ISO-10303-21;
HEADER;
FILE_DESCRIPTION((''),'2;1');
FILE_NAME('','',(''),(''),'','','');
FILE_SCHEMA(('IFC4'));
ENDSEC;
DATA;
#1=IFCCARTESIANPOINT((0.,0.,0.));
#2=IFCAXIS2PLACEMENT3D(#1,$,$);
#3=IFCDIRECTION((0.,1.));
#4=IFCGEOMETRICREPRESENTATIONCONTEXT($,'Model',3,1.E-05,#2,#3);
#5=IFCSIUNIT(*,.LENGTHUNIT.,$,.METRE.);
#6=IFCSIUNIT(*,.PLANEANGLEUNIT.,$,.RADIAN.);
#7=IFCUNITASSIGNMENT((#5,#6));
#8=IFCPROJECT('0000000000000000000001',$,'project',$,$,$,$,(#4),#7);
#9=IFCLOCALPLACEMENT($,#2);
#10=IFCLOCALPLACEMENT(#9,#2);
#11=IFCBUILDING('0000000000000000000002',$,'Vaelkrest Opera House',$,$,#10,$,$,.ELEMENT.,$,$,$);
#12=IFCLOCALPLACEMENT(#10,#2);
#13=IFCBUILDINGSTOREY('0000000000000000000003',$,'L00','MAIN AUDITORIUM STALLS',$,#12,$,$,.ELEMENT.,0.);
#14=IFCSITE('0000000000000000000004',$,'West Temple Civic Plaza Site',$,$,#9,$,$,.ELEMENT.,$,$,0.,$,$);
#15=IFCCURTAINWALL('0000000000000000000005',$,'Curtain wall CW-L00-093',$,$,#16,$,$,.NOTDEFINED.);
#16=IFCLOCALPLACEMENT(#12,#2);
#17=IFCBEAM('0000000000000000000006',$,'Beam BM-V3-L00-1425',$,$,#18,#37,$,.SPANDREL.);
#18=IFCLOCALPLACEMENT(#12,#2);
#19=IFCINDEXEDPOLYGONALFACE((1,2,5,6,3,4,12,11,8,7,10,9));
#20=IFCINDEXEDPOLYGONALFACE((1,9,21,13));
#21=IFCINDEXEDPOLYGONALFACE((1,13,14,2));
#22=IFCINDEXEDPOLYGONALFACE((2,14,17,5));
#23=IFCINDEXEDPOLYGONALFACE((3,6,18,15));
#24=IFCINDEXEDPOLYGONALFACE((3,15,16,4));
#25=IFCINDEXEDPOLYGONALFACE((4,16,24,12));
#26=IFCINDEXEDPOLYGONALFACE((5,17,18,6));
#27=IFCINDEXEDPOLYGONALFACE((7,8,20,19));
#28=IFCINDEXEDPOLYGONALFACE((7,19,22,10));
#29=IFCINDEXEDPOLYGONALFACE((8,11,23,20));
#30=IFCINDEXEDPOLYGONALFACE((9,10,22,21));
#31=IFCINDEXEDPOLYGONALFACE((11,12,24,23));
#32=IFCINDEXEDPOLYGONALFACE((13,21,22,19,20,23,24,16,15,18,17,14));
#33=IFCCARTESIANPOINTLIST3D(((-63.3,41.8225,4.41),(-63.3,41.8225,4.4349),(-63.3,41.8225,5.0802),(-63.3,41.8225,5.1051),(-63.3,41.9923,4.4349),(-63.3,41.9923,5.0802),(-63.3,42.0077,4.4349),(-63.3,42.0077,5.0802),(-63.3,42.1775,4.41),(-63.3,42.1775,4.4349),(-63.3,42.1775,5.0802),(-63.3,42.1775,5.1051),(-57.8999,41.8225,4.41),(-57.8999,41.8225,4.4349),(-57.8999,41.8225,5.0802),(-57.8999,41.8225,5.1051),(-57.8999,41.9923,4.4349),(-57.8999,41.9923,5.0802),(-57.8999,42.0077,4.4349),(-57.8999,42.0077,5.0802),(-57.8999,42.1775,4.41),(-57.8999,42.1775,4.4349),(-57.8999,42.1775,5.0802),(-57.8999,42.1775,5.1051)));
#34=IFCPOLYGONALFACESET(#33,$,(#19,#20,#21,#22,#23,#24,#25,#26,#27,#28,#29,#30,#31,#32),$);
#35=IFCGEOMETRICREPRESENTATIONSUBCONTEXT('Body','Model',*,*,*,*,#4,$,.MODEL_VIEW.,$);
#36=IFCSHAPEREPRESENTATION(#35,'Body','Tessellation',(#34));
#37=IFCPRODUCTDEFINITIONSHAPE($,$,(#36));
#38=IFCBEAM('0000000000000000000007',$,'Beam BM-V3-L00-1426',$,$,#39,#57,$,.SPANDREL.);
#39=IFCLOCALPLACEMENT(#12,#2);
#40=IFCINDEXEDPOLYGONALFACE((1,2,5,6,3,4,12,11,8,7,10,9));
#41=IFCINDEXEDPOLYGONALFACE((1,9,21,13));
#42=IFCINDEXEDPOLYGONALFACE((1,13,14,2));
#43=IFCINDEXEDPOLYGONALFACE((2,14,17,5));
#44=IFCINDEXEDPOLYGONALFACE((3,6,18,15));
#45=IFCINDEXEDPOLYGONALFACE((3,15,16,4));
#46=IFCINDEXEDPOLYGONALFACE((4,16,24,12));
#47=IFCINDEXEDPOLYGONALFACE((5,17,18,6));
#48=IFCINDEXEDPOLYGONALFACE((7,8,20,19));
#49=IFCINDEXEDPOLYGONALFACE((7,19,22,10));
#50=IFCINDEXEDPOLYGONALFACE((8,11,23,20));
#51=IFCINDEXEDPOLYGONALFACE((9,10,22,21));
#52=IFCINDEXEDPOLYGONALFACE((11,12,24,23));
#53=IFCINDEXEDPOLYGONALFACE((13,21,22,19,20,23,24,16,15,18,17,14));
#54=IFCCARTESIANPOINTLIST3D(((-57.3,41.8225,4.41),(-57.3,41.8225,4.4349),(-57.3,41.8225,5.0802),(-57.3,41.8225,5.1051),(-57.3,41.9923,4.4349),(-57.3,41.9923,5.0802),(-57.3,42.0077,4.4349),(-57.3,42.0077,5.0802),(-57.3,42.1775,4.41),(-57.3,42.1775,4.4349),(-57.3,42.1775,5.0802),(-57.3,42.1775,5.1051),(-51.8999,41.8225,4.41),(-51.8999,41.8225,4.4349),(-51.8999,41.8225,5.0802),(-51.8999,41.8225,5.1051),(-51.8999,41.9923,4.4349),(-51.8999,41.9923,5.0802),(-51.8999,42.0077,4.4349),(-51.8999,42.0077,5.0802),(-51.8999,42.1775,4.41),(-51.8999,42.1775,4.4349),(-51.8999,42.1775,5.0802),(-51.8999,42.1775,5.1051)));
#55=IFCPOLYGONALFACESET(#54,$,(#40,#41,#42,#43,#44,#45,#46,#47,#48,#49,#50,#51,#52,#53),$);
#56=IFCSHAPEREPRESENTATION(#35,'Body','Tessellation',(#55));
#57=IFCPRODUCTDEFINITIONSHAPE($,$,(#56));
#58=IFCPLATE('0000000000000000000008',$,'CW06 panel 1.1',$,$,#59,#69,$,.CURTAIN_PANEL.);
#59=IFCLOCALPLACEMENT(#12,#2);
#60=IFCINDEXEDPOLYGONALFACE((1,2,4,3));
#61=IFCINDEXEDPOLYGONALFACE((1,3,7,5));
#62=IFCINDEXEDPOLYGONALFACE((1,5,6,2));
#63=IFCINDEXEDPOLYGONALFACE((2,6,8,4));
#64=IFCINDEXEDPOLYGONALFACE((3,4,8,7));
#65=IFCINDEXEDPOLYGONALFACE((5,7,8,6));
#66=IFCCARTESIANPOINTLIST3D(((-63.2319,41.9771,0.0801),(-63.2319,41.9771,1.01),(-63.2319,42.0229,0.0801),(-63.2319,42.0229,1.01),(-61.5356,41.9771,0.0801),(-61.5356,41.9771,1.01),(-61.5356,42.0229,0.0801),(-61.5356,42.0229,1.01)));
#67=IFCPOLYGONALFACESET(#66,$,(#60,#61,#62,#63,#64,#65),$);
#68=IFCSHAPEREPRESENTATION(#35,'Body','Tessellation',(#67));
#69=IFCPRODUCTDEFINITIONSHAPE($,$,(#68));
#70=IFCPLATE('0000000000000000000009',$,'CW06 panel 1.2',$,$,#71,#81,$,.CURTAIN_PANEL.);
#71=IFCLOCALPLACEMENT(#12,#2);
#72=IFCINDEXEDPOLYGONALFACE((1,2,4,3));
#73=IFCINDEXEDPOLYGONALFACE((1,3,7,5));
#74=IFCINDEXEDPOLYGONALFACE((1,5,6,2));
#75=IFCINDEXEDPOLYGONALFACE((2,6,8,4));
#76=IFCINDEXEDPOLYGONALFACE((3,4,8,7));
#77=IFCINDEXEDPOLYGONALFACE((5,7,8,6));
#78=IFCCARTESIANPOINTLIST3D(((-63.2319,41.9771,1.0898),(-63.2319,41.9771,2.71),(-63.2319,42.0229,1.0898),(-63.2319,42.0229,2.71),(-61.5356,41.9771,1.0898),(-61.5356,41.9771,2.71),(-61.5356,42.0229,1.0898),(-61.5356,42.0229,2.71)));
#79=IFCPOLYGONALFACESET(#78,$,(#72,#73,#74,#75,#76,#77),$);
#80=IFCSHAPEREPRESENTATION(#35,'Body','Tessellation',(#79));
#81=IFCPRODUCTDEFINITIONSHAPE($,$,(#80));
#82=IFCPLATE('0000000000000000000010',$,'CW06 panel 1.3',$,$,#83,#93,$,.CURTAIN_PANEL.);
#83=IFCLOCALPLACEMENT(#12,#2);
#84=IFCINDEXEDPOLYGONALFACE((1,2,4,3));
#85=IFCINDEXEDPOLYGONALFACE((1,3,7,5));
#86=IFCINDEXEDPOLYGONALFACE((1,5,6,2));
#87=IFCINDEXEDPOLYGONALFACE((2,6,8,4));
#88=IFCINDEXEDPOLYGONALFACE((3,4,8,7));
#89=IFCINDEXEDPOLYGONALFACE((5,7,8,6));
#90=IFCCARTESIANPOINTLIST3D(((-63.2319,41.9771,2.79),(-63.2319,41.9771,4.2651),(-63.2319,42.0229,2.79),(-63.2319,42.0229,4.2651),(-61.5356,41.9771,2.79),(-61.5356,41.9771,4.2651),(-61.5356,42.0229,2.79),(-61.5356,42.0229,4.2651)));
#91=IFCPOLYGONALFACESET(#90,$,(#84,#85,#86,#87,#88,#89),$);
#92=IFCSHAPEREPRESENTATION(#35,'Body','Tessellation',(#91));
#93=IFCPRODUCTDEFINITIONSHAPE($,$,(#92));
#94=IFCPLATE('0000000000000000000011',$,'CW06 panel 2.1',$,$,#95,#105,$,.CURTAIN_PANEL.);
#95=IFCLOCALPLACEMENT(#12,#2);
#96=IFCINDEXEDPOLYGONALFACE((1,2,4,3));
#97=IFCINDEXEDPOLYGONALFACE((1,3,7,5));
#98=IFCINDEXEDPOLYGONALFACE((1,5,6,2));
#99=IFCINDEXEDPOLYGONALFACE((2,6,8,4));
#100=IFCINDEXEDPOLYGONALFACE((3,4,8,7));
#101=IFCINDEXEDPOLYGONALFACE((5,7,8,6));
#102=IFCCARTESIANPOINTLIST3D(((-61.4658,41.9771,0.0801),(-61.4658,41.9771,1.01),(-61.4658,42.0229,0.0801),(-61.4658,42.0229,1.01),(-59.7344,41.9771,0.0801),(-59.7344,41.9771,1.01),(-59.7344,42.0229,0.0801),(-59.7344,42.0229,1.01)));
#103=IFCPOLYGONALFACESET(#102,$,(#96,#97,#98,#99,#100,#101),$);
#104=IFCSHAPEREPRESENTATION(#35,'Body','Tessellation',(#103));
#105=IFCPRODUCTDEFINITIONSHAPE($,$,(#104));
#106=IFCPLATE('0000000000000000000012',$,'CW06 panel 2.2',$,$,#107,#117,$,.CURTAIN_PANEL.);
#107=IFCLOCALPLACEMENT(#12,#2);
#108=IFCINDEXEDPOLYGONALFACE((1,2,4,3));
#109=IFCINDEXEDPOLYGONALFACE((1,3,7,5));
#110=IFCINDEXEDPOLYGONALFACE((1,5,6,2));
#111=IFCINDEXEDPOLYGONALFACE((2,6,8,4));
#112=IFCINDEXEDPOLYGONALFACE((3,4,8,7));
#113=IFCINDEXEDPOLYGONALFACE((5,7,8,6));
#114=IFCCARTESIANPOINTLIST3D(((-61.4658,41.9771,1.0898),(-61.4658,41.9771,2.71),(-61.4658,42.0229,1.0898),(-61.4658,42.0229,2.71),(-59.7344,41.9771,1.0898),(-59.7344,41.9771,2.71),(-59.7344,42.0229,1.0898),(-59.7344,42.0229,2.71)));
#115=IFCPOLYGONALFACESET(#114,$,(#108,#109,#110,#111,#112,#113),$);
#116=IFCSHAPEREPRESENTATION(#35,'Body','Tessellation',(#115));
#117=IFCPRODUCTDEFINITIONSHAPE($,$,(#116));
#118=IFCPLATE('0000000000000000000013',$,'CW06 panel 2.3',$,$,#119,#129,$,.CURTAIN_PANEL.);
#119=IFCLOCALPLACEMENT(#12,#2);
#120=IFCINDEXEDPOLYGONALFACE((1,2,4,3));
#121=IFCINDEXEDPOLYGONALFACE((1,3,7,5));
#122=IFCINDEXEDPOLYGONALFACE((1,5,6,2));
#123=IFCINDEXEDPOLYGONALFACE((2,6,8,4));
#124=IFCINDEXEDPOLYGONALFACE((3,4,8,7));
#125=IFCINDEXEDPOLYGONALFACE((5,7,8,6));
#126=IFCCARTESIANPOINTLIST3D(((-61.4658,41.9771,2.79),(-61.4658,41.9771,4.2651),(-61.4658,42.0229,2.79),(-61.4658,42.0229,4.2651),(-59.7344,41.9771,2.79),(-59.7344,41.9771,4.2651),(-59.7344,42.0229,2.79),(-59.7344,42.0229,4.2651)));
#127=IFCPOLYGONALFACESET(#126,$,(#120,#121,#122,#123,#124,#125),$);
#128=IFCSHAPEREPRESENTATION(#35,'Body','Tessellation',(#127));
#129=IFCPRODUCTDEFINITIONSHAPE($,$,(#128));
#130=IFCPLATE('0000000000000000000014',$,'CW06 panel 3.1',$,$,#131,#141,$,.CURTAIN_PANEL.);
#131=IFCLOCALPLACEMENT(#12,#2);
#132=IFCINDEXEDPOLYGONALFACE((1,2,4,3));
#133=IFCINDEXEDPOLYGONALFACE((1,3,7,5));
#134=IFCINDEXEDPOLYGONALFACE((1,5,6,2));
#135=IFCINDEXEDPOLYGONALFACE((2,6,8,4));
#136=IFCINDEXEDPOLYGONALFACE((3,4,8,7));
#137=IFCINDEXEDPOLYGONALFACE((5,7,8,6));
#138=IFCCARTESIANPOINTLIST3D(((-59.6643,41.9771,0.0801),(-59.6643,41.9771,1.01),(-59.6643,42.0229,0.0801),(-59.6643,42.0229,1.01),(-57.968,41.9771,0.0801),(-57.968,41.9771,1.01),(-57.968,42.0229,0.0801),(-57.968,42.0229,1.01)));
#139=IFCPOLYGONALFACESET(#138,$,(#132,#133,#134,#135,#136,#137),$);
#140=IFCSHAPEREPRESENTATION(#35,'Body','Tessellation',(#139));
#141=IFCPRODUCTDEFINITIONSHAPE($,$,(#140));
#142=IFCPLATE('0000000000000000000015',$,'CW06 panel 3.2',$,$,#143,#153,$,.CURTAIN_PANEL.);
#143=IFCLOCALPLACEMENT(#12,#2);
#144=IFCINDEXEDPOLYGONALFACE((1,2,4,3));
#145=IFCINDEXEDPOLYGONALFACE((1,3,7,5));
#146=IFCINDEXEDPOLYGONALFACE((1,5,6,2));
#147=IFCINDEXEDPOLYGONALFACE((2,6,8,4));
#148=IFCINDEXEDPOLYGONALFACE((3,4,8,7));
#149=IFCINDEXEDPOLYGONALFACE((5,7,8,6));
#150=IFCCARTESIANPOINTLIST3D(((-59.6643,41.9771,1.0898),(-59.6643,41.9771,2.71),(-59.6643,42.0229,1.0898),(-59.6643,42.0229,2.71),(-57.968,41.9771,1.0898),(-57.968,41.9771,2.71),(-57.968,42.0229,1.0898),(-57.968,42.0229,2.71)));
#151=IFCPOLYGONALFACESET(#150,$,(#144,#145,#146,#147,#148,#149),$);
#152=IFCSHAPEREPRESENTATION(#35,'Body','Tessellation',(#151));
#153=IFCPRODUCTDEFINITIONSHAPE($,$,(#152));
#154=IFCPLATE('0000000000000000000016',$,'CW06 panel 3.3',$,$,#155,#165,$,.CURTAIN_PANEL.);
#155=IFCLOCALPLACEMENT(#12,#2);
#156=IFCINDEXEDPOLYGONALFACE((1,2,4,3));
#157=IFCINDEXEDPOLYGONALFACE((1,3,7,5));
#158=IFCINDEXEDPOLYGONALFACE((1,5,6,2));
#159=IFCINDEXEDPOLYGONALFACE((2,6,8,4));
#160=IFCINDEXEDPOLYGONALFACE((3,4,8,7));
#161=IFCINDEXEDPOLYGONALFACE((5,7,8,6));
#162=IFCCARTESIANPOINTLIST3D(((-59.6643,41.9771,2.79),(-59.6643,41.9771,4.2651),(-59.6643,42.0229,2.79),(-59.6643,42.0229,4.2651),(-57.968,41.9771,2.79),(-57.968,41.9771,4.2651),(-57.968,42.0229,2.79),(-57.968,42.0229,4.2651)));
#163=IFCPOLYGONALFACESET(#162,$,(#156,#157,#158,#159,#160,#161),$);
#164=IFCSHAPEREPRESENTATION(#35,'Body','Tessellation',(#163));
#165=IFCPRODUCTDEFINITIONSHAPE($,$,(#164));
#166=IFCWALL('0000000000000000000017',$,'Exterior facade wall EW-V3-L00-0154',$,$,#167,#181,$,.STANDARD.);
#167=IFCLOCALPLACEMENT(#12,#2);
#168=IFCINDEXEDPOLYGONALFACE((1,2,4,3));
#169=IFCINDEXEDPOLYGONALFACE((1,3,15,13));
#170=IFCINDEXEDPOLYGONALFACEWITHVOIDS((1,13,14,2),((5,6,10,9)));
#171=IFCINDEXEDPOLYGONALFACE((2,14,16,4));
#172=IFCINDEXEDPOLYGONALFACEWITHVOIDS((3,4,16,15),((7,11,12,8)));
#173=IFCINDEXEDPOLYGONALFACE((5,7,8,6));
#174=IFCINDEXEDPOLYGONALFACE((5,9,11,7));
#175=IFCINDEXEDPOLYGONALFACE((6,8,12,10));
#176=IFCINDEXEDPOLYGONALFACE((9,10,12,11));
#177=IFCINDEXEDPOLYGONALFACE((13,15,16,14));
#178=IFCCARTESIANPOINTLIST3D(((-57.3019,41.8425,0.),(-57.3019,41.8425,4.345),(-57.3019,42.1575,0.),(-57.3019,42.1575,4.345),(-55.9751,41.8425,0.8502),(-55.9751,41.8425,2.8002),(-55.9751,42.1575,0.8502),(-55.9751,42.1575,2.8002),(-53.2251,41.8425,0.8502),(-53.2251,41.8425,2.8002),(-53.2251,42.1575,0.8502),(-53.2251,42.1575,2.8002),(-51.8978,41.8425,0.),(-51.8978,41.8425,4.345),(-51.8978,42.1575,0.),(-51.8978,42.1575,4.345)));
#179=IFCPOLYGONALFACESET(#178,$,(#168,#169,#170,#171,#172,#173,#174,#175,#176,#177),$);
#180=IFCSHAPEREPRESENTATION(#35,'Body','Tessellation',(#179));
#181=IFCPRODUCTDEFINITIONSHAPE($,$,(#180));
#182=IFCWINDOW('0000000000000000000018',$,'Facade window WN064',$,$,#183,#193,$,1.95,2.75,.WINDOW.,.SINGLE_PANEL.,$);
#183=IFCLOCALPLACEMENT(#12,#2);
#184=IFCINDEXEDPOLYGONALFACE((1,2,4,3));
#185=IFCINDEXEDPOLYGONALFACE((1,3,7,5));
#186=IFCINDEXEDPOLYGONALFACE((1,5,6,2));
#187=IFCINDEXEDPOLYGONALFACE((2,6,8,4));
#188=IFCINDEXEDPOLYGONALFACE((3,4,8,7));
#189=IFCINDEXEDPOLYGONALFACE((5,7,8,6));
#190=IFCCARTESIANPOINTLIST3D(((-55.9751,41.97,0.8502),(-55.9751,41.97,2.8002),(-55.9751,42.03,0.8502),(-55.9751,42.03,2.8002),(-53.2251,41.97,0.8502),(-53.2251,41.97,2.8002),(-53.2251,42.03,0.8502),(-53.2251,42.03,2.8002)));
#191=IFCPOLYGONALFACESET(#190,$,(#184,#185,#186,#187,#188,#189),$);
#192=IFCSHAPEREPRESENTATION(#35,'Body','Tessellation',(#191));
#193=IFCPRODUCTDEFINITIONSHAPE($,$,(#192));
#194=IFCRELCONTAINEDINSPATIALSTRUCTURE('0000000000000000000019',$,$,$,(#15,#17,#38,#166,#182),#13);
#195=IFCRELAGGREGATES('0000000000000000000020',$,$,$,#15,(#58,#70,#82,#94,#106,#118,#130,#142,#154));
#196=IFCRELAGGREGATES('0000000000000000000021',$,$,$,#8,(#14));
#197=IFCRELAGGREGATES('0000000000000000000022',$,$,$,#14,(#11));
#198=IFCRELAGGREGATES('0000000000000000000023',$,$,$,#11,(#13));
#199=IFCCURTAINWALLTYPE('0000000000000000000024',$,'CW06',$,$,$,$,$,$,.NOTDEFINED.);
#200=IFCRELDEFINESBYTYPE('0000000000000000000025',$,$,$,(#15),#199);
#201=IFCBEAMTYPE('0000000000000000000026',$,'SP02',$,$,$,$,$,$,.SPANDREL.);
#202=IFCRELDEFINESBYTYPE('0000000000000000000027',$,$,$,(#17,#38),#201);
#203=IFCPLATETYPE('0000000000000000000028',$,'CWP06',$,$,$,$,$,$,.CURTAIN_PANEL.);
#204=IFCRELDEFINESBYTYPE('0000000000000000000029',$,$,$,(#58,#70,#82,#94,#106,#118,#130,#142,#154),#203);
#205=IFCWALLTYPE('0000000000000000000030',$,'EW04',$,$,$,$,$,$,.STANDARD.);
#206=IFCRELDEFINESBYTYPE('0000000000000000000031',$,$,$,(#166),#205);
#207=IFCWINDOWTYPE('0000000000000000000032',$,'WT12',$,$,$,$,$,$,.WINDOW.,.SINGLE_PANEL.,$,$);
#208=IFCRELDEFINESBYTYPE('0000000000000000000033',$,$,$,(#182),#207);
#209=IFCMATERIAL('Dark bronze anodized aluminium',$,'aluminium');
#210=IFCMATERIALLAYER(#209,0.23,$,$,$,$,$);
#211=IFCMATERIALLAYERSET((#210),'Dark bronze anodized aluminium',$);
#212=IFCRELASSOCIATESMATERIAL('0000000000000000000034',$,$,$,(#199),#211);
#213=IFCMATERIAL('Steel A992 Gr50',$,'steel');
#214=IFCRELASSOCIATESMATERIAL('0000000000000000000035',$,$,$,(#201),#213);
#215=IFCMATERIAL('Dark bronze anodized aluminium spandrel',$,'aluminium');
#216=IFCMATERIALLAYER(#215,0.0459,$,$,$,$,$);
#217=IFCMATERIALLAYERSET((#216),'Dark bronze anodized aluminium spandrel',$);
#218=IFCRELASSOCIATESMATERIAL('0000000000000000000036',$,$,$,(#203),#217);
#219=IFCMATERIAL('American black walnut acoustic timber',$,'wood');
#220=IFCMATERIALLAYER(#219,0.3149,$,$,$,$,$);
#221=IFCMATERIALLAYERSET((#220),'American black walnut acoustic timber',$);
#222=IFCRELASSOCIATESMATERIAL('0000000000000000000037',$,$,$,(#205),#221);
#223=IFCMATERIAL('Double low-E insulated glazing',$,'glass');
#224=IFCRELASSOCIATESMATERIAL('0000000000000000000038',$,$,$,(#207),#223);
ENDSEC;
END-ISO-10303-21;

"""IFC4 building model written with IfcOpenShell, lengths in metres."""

from ifc_helpers import new_model, si_unit, direction, frame, frame_2d, origin, origin_2d, place, context, subcontext, project, spatial, rectangle, i_section, extrude, material, layer, layer_set, material_profile, profile_set, type_object, element, fill, aggregate, save


model = new_model("IFC4")

# Units and contexts
model_context = context("Model", 3, precision=1e-05, world=origin(), true_north=direction((0.0, 1.0)))
body_context = subcontext(model_context, "Body", "Model", "MODEL_VIEW")
ifc_project = project(units=[si_unit("LENGTHUNIT", "METRE"), si_unit("PLANEANGLEUNIT", "RADIAN")], contexts=[model_context])

# Site, building, storey
site_placement = place(None, origin())
site = spatial("IfcSite", under=ifc_project, at=site_placement, Name="West Temple Civic Plaza Site", CompositionType="ELEMENT", RefElevation=0.0)
building_placement = place(site_placement, origin())
building = spatial("IfcBuilding", under=site, at=building_placement, Name="Vaelkrest Opera House", CompositionType="ELEMENT")
storey_placement = place(building_placement, origin())
storey = spatial("IfcBuildingStorey", under=building, at=storey_placement, Name="L00", Description="MAIN AUDITORIUM STALLS", CompositionType="ELEMENT", Elevation=0.0)

# Shared definitions
ifc_material_1 = material(Name="Steel A992 Gr50", Category="steel")

# Curtain wall
ifc_material_2 = material(Name="Dark bronze anodized aluminium", Category="aluminium")
ifc_layer_1 = layer(ifc_material_2, 0.23)
ifc_layer_set_1 = layer_set([ifc_layer_1], Name="Dark bronze anodized aluminium")
curtain_wall_type = type_object("IfcCurtainWallType", Name="CW06", PredefinedType="NOTDEFINED", material=ifc_layer_set_1)
curtain_wall_placement = place(storey_placement, origin())
curtain_wall = element("IfcCurtainWall", 1, at=curtain_wall_placement, inside=storey, type_object=curtain_wall_type, Name="Curtain wall CW-L00-093", PredefinedType="NOTDEFINED")

# Beams
ifc_material_profile_1 = material_profile(ifc_material_1, i_section(OverallWidth=0.355, OverallDepth=0.6951, WebThickness=0.0154, FlangeThickness=0.0249, at=origin_2d()), Name="W27X146")
ifc_profile_set_1 = profile_set([ifc_material_profile_1], Name="Steel A992 Gr50")
beam_type_1 = type_object("IfcBeamType", Name="SP02", PredefinedType="SPANDREL", material=ifc_profile_set_1)
for number, where, z_axis, x_axis, name in (
    (2, (-63.3, 42.0, 4.7576), (1.0, 0.0, 0.0), (0.0, 1.0, 0.0), "Beam BM-V3-L00-1425"),
    (3, (-57.3, 42.0, 4.7576), (1.0, 0.0, 0.0), (0.0, 1.0, 0.0), "Beam BM-V3-L00-1426"),
):
    element("IfcBeam", number, at=place(storey_placement, frame(where, z_axis=z_axis, x_axis=x_axis)), inside=storey, type_object=beam_type_1, Name=name, PredefinedType="SPANDREL", context=body_context, shape_type="SweptSolid", body=[
        extrude(i_section(OverallWidth=0.355, OverallDepth=0.6951, WebThickness=0.0154, FlangeThickness=0.0249, at=origin_2d()), origin(), (0.0, 0.0, 1.0), 5.4001),
    ])

# Plates
ifc_material_3 = material(Name="Dark bronze anodized aluminium spandrel", Category="aluminium")
ifc_layer_2 = layer(ifc_material_3, 0.0459)
ifc_layer_set_2 = layer_set([ifc_layer_2], Name="Dark bronze anodized aluminium spandrel")
plate_type = type_object("IfcPlateType", Name="CWP06", PredefinedType="CURTAIN_PANEL", material=ifc_layer_set_2)
plate_1_placement = place(storey_placement, frame((-62.3838, 42.0, 0.0801), z_axis=(0.0, 0.0, 1.0), x_axis=(1.0, 0.0, 0.0)))
plate_1 = element("IfcPlate", 4, at=plate_1_placement, type_object=plate_type, Name="CW06 panel 1.1", PredefinedType="CURTAIN_PANEL", context=body_context, shape_type="SweptSolid", body=[
    extrude(rectangle(XDim=1.6963, YDim=0.0459, at=origin_2d()), origin(), (0.0, 0.0, 1.0), 0.9299),
])
plate_2_placement = place(storey_placement, frame((-62.3838, 42.0, 1.0898), z_axis=(0.0, 0.0, 1.0), x_axis=(1.0, 0.0, 0.0)))
plate_2 = element("IfcPlate", 5, at=plate_2_placement, type_object=plate_type, Name="CW06 panel 1.2", PredefinedType="CURTAIN_PANEL", context=body_context, shape_type="SweptSolid", body=[
    extrude(rectangle(XDim=1.6963, YDim=0.0459, at=origin_2d()), origin(), (0.0, 0.0, 1.0), 1.6201),
])
plate_3_placement = place(storey_placement, frame((-62.3838, 42.0, 2.79), z_axis=(0.0, 0.0, 1.0), x_axis=(1.0, 0.0, 0.0)))
plate_3 = element("IfcPlate", 6, at=plate_3_placement, type_object=plate_type, Name="CW06 panel 1.3", PredefinedType="CURTAIN_PANEL", context=body_context, shape_type="SweptSolid", body=[
    extrude(rectangle(XDim=1.6963, YDim=0.0459, at=origin_2d()), origin(), (0.0, 0.0, 1.0), 1.4751),
])
plate_4_placement = place(storey_placement, frame((-60.6001, 42.0, 0.0801), z_axis=(0.0, 0.0, 1.0), x_axis=(1.0, 0.0, 0.0)))
plate_4 = element("IfcPlate", 7, at=plate_4_placement, type_object=plate_type, Name="CW06 panel 2.1", PredefinedType="CURTAIN_PANEL", context=body_context, shape_type="SweptSolid", body=[
    extrude(rectangle(XDim=1.7314, YDim=0.0459, at=origin_2d()), origin(), (0.0, 0.0, 1.0), 0.9299),
])
plate_5_placement = place(storey_placement, frame((-60.6001, 42.0, 1.0898), z_axis=(0.0, 0.0, 1.0), x_axis=(1.0, 0.0, 0.0)))
plate_5 = element("IfcPlate", 8, at=plate_5_placement, type_object=plate_type, Name="CW06 panel 2.2", PredefinedType="CURTAIN_PANEL", context=body_context, shape_type="SweptSolid", body=[
    extrude(rectangle(XDim=1.7314, YDim=0.0459, at=origin_2d()), origin(), (0.0, 0.0, 1.0), 1.6201),
])
plate_6_placement = place(storey_placement, frame((-60.6001, 42.0, 2.79), z_axis=(0.0, 0.0, 1.0), x_axis=(1.0, 0.0, 0.0)))
plate_6 = element("IfcPlate", 9, at=plate_6_placement, type_object=plate_type, Name="CW06 panel 2.3", PredefinedType="CURTAIN_PANEL", context=body_context, shape_type="SweptSolid", body=[
    extrude(rectangle(XDim=1.7314, YDim=0.0459, at=origin_2d()), origin(), (0.0, 0.0, 1.0), 1.4751),
])
plate_7_placement = place(storey_placement, frame((-58.8162, 42.0, 0.0801), z_axis=(0.0, 0.0, 1.0), x_axis=(1.0, 0.0, 0.0)))
plate_7 = element("IfcPlate", 10, at=plate_7_placement, type_object=plate_type, Name="CW06 panel 3.1", PredefinedType="CURTAIN_PANEL", context=body_context, shape_type="SweptSolid", body=[
    extrude(rectangle(XDim=1.6963, YDim=0.0459, at=origin_2d()), origin(), (0.0, 0.0, 1.0), 0.9299),
])
plate_8_placement = place(storey_placement, frame((-58.8162, 42.0, 1.0898), z_axis=(0.0, 0.0, 1.0), x_axis=(1.0, 0.0, 0.0)))
plate_8 = element("IfcPlate", 11, at=plate_8_placement, type_object=plate_type, Name="CW06 panel 3.2", PredefinedType="CURTAIN_PANEL", context=body_context, shape_type="SweptSolid", body=[
    extrude(rectangle(XDim=1.6963, YDim=0.0459, at=origin_2d()), origin(), (0.0, 0.0, 1.0), 1.6201),
])
plate_9_placement = place(storey_placement, frame((-58.8162, 42.0, 2.79), z_axis=(0.0, 0.0, 1.0), x_axis=(1.0, 0.0, 0.0)))
plate_9 = element("IfcPlate", 12, at=plate_9_placement, type_object=plate_type, Name="CW06 panel 3.3", PredefinedType="CURTAIN_PANEL", context=body_context, shape_type="SweptSolid", body=[
    extrude(rectangle(XDim=1.6963, YDim=0.0459, at=origin_2d()), origin(), (0.0, 0.0, 1.0), 1.4751),
])
aggregate(curtain_wall, [plate_1, plate_2, plate_3, plate_4, plate_5, plate_6, plate_7, plate_8, plate_9])

# Wall, opening, window
ifc_material_4 = material(Name="American black walnut acoustic timber", Category="wood")
ifc_layer_3 = layer(ifc_material_4, 0.3149)
ifc_layer_set_3 = layer_set([ifc_layer_3], Name="American black walnut acoustic timber")
wall_type = type_object("IfcWallType", Name="EW04", PredefinedType="STANDARD", material=ifc_layer_set_3)
wall_placement = place(storey_placement, frame((-57.302, 42.0, 0.0), z_axis=(0.0, 0.0, 1.0), x_axis=(1.0, 0.0, 0.0)))
wall = element("IfcWall", 13, at=wall_placement, inside=storey, type_object=wall_type, Name="Exterior facade wall EW-V3-L00-0154", PredefinedType="STANDARD", context=body_context, shape_type="SweptSolid", body=[
    extrude(rectangle(XDim=5.4041, YDim=0.3149, at=frame_2d((2.7021, 0.0))), origin(), (0.0, 0.0, 1.0), 4.345),
])
opening_placement = place(wall_placement, frame((1.3269, 0.0, 0.8501)))
opening = element("IfcOpeningElement", 14, at=opening_placement, cuts=wall, PredefinedType="OPENING", context=body_context, shape_type="SweptSolid", body=[
    extrude(rectangle(XDim=2.75, YDim=1.95, at=frame_2d((1.375, 0.9751))), frame((0.0, 0.1675, 0.0), z_axis=(0.0, -1.0, 0.0), x_axis=(1.0, 0.0, 0.0)), (0.0, 0.0, 1.0), 0.335),
])
ifc_material_5 = material(Name="Double low-E insulated glazing", Category="glass")
window_type = type_object("IfcWindowType", Name="WT12", PartitioningType="SINGLE_PANEL", PredefinedType="WINDOW", material=ifc_material_5)
window_placement = place(opening_placement, origin())
window = element("IfcWindow", 15, at=window_placement, inside=storey, type_object=window_type, Name="Facade window WN064", OverallHeight=1.95, OverallWidth=2.75, PartitioningType="SINGLE_PANEL", PredefinedType="WINDOW", context=body_context, shape_type="SweptSolid", body=[
    extrude(rectangle(XDim=2.75, YDim=1.95, at=frame_2d((1.375, 0.9751))), frame((0.0, 0.03, 0.0), z_axis=(0.0, -1.0, 0.0), x_axis=(1.0, 0.0, 0.0)), (0.0, 0.0, 1.0), 0.0601),
])
fill(opening, window)

save(model, "model.ifc")
